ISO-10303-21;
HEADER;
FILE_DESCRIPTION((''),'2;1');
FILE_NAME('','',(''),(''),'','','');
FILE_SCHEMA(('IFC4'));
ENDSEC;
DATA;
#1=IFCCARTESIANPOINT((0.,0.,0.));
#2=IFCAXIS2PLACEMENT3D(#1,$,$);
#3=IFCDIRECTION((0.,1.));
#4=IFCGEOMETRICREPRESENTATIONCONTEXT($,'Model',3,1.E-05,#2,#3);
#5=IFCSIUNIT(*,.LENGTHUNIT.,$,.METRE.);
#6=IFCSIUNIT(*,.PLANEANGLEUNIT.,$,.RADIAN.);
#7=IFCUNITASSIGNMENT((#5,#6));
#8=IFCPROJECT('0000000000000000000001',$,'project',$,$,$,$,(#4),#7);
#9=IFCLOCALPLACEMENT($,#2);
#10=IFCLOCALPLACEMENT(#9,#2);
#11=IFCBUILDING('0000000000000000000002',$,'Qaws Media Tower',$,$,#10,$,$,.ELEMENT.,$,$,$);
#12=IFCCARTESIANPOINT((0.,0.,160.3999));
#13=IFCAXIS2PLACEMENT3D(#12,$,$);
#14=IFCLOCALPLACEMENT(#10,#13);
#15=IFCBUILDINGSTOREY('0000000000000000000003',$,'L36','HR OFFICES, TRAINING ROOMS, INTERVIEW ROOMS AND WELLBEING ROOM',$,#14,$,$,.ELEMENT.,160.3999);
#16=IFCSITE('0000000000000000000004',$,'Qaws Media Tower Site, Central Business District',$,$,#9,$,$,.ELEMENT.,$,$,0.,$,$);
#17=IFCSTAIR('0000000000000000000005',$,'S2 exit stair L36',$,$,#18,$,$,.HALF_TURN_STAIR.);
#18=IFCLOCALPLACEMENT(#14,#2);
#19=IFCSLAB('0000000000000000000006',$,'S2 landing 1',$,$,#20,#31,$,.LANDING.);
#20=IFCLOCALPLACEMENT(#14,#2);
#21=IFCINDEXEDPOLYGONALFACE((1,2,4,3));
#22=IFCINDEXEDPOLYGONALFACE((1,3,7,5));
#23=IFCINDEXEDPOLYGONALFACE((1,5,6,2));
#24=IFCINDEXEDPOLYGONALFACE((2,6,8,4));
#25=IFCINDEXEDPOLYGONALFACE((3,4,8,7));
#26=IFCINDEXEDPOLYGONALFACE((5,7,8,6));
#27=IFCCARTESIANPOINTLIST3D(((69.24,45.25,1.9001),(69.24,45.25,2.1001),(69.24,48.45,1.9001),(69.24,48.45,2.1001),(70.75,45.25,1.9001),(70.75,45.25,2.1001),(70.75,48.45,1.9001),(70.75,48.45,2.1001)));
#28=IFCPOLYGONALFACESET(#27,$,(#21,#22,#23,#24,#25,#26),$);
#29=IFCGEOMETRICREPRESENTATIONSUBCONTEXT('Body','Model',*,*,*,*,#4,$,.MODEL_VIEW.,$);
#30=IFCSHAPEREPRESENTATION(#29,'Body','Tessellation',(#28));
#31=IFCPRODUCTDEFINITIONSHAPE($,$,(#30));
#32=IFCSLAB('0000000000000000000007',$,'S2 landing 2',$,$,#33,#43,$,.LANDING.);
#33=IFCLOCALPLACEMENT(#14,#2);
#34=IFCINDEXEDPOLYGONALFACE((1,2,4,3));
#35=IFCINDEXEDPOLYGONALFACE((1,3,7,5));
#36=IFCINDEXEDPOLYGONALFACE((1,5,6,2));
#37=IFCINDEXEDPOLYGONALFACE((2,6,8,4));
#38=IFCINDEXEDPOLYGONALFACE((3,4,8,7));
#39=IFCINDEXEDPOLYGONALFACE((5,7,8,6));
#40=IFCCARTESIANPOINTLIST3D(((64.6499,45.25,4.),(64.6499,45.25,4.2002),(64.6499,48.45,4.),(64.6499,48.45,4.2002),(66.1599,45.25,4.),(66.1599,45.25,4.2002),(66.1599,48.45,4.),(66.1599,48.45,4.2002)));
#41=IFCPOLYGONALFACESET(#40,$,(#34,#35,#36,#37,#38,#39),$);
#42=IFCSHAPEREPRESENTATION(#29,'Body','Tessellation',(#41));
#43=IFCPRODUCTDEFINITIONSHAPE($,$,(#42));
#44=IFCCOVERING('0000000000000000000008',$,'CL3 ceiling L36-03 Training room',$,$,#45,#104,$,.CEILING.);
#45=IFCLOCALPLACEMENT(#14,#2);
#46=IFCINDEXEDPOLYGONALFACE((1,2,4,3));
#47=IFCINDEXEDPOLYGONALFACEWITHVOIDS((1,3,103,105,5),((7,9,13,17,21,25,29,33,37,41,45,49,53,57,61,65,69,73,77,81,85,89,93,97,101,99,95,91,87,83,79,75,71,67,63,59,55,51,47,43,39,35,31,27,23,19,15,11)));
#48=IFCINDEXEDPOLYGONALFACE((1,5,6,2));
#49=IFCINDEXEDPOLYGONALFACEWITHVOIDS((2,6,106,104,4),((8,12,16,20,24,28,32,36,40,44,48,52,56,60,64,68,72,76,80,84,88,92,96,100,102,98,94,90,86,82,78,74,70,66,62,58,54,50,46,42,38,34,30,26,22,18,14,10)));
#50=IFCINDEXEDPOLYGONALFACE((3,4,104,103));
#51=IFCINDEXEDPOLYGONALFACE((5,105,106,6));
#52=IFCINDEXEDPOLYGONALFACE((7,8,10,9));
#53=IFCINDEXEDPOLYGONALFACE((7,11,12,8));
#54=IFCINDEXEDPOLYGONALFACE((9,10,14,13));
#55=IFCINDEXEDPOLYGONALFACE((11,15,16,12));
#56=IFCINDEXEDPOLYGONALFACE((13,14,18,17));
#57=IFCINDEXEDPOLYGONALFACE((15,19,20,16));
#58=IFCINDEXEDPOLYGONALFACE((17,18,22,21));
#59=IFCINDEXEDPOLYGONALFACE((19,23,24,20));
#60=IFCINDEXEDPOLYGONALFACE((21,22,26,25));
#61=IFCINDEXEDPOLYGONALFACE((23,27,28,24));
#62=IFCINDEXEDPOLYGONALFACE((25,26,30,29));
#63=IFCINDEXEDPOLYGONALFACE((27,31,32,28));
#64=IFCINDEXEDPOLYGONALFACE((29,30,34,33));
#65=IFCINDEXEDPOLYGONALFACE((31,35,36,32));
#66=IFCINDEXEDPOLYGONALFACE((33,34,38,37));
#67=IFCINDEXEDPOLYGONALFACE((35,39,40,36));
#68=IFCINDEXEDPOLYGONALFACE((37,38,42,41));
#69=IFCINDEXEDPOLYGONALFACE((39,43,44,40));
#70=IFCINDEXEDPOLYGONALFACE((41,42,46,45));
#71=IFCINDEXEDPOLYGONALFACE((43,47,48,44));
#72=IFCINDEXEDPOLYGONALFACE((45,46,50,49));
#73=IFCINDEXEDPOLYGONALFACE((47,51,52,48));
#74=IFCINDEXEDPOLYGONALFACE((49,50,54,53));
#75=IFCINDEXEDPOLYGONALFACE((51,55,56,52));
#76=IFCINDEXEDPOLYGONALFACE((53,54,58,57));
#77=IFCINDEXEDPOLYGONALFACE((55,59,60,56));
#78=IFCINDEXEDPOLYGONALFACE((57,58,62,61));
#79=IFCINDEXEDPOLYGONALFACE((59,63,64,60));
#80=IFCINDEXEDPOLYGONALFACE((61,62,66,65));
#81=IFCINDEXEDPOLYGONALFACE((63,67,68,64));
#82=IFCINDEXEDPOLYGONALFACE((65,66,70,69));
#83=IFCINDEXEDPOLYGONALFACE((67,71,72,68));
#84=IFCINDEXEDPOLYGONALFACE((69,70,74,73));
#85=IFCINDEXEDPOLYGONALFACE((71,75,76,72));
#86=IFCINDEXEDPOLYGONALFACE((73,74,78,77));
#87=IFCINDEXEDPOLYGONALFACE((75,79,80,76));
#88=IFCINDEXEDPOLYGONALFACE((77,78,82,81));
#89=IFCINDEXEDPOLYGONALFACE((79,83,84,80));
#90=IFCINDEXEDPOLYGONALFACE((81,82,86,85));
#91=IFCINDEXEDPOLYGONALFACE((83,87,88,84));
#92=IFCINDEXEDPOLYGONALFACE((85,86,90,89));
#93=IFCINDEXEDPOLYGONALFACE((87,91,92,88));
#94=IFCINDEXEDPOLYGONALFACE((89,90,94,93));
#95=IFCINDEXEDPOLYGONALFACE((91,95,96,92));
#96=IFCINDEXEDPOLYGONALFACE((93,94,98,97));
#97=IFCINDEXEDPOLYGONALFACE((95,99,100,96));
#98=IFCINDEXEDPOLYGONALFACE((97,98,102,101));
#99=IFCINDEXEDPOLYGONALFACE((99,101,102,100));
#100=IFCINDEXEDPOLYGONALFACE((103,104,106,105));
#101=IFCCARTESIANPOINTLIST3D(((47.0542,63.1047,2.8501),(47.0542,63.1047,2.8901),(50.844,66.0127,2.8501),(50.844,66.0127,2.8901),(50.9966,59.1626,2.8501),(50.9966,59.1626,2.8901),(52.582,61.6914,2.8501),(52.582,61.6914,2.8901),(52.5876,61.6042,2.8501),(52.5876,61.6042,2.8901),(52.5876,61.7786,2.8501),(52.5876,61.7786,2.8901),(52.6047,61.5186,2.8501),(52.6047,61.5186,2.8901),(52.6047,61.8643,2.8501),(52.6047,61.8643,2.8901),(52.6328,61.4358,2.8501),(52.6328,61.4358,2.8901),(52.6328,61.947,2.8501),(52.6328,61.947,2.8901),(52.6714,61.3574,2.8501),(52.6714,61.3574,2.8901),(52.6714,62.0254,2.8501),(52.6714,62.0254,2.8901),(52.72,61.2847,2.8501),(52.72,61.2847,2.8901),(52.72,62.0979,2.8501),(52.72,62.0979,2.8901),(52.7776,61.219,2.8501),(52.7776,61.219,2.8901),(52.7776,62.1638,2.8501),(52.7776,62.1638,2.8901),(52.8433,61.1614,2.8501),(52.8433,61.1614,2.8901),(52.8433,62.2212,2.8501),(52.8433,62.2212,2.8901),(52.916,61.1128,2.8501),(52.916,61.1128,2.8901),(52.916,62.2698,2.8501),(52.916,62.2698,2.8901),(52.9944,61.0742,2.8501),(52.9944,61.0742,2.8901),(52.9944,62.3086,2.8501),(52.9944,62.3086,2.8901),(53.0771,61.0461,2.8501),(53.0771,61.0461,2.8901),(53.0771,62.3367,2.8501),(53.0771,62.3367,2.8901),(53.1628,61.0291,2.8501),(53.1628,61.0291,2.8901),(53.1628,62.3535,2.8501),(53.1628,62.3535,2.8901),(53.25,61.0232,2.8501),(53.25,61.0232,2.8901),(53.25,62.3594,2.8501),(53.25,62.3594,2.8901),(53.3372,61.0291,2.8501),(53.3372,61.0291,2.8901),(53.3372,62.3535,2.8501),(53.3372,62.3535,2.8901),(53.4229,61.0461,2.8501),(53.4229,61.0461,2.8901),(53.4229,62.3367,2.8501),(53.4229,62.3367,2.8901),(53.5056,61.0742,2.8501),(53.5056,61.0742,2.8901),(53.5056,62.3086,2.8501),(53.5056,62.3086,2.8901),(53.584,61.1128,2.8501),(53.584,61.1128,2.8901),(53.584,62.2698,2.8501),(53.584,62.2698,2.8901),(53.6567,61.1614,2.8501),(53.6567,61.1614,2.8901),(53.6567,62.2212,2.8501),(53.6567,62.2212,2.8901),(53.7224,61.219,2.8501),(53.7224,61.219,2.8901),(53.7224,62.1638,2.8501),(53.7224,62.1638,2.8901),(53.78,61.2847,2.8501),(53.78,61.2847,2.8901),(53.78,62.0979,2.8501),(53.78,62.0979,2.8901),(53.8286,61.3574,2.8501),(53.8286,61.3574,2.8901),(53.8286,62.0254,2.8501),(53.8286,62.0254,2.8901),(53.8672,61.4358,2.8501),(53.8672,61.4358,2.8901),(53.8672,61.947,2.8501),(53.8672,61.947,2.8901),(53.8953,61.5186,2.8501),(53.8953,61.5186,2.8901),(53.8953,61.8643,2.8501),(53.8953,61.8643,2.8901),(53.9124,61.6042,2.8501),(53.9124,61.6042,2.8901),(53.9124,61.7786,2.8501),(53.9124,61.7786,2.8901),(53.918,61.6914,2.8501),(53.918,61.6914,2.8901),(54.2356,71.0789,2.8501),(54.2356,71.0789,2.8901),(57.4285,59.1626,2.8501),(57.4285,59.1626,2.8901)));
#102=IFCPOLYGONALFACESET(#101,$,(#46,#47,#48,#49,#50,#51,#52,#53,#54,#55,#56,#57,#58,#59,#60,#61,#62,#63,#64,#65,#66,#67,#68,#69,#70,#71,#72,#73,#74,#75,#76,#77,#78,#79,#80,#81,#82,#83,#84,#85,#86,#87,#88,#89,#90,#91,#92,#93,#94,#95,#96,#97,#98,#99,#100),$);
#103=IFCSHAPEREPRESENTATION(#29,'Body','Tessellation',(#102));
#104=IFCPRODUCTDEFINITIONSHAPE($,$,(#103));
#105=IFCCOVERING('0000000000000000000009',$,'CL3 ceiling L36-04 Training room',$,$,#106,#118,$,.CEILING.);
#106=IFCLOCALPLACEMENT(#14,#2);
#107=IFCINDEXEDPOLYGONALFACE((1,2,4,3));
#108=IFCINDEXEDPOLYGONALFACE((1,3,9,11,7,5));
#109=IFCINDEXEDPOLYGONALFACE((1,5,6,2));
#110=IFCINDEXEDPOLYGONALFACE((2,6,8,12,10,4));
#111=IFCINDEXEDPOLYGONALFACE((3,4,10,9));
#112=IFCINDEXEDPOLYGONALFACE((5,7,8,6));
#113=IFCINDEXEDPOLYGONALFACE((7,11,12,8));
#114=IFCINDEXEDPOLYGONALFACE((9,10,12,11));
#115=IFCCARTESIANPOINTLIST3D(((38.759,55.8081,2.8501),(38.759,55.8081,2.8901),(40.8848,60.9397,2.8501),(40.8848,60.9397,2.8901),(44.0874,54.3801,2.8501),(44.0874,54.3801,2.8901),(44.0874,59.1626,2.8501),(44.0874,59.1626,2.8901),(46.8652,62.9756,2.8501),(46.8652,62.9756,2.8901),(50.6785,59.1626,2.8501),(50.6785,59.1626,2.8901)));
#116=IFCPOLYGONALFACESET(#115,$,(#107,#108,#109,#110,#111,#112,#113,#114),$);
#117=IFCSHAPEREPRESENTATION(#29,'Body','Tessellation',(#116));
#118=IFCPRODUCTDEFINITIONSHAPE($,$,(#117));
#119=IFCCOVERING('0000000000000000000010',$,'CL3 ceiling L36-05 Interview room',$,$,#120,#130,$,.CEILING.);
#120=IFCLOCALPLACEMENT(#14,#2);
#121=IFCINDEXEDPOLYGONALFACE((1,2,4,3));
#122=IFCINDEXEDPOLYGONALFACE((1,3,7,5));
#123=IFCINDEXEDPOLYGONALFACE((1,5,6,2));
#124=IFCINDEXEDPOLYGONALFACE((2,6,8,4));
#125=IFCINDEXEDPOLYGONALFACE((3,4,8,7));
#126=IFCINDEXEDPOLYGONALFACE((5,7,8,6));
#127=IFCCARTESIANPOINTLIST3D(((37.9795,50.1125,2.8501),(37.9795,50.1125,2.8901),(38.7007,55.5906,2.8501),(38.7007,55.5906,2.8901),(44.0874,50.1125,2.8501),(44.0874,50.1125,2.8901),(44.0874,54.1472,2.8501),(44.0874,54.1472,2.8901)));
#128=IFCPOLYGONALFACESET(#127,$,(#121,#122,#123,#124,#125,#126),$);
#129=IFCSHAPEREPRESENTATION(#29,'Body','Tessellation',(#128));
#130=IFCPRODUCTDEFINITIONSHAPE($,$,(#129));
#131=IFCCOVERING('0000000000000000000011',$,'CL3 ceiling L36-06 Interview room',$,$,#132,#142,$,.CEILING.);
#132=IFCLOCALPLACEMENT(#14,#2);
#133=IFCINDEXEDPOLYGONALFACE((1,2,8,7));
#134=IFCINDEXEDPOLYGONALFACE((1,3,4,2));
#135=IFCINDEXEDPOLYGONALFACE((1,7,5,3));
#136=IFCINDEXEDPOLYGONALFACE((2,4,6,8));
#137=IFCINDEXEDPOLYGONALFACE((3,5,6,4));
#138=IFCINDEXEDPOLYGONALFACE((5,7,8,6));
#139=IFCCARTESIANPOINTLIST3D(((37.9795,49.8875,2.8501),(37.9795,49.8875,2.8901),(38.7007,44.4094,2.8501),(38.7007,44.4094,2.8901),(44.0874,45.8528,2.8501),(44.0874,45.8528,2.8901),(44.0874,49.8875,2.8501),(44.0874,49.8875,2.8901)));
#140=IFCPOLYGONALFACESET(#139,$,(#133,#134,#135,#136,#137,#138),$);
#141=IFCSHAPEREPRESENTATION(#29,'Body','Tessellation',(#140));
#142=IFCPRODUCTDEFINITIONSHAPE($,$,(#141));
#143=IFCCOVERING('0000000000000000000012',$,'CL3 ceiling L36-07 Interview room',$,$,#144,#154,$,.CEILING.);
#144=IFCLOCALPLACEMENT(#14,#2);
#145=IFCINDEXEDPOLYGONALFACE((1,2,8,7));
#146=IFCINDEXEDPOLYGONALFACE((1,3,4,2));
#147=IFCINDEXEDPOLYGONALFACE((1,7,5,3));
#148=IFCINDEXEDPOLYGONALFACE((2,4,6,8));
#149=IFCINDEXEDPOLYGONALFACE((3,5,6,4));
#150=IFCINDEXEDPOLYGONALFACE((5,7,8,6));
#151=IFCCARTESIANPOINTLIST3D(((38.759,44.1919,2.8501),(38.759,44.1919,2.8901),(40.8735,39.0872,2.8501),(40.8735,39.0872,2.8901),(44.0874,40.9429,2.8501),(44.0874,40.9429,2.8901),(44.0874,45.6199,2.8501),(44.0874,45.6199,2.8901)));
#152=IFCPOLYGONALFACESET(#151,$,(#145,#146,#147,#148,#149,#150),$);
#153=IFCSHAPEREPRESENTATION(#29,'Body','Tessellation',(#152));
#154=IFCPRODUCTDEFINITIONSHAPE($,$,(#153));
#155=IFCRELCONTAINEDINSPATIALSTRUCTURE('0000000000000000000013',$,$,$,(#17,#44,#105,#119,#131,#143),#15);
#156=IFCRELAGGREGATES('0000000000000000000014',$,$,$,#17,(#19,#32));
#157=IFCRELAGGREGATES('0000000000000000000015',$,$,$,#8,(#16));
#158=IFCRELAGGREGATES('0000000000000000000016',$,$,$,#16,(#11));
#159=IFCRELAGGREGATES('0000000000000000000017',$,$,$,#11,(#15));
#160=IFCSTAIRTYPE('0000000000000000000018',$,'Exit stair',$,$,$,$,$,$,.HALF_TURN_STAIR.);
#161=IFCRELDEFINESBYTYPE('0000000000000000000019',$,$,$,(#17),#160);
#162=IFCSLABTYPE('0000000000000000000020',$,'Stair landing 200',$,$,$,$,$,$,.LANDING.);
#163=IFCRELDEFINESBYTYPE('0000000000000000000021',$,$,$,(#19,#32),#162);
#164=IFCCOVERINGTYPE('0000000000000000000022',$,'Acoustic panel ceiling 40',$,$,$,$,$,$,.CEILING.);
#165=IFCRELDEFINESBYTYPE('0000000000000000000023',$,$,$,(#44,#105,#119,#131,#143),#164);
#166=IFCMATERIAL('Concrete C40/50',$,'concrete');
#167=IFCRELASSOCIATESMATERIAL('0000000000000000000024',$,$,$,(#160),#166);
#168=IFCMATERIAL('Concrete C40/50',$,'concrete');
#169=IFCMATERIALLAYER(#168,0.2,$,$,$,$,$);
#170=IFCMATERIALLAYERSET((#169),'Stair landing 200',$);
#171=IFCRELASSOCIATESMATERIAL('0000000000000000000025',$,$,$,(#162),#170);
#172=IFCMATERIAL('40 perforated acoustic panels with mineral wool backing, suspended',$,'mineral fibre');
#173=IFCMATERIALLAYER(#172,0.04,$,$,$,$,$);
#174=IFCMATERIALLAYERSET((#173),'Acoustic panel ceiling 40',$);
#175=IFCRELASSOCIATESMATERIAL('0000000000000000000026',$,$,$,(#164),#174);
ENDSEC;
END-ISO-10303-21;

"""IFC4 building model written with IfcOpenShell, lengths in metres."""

from ifc_helpers import new_model, si_unit, direction, frame, origin, place, context, subcontext, project, spatial, polyline, outline, extrude, material, layer, layer_set, type_object, element, aggregate, save


model = new_model("IFC4")

# Units and contexts
model_context = context("Model", 3, precision=1e-05, world=origin(), true_north=direction((0.0, 1.0)))
body_context = subcontext(model_context, "Body", "Model", "MODEL_VIEW")
ifc_project = project(units=[si_unit("LENGTHUNIT", "METRE"), si_unit("PLANEANGLEUNIT", "RADIAN")], contexts=[model_context])

# Site, building, storey
site_placement = place(None, origin())
site = spatial("IfcSite", under=ifc_project, at=site_placement, Name="Qaws Media Tower Site, Central Business District", CompositionType="ELEMENT", RefElevation=0.0)
building_placement = place(site_placement, origin())
building = spatial("IfcBuilding", under=site, at=building_placement, Name="Qaws Media Tower", CompositionType="ELEMENT")
storey_placement = place(building_placement, frame((0.0, 0.0, 160.3999)))
storey = spatial("IfcBuildingStorey", under=building, at=storey_placement, Name="L36", Description="HR OFFICES, TRAINING ROOMS, INTERVIEW ROOMS AND WELLBEING ROOM", CompositionType="ELEMENT", Elevation=160.3999)

# Stair, slabs
ifc_material_1 = material(Name="Concrete C40/50", Category="concrete")
stair_type = type_object("IfcStairType", Name="Exit stair", PredefinedType="HALF_TURN_STAIR", material=ifc_material_1)
ifc_material_2 = material(Name="Concrete C40/50", Category="concrete")
ifc_layer_1 = layer(ifc_material_2, 0.2)
ifc_layer_set_1 = layer_set([ifc_layer_1], Name="Stair landing 200")
slab_type = type_object("IfcSlabType", Name="Stair landing 200", PredefinedType="LANDING", material=ifc_layer_set_1)
stair_1_placement = place(storey_placement, origin())
stair_1 = element("IfcStair", 1, at=stair_1_placement, inside=storey, type_object=stair_type, Name="S2 exit stair L36", PredefinedType="HALF_TURN_STAIR")
slab_1_placement = place(storey_placement, frame((0.0, 0.0, 1.9001)))
slab_1 = element("IfcSlab", 2, at=slab_1_placement, type_object=slab_type, Name="S2 landing 1", PredefinedType="LANDING", context=body_context, shape_type="SweptSolid", body=[
    extrude(outline(polyline([(69.24, 45.25), (70.75, 45.25), (70.75, 48.45), (69.24, 48.45), (69.24, 45.25)])), origin(), (0.0, 0.0, 1.0), 0.2),
])
slab_2_placement = place(storey_placement, frame((0.0, 0.0, 4.0)))
slab_2 = element("IfcSlab", 3, at=slab_2_placement, type_object=slab_type, Name="S2 landing 2", PredefinedType="LANDING", context=body_context, shape_type="SweptSolid", body=[
    extrude(outline(polyline([(64.6499, 45.25), (66.1599, 45.25), (66.1599, 48.45), (64.6499, 48.45), (64.6499, 45.25)])), origin(), (0.0, 0.0, 1.0), 0.2002),
])
aggregate(stair_1, [slab_1, slab_2])

# Coverings
ifc_material_3 = material(Name="40 perforated acoustic panels with mineral wool backing, suspended", Category="mineral fibre")
ifc_layer_2 = layer(ifc_material_3, 0.04)
ifc_layer_set_2 = layer_set([ifc_layer_2], Name="Acoustic panel ceiling 40")
covering_type_1 = type_object("IfcCoveringType", Name="Acoustic panel ceiling 40", PredefinedType="CEILING", material=ifc_layer_set_2)
covering_1_placement = place(storey_placement, frame((0.0, 0.0, 2.8501)))
element("IfcCovering", 4, at=covering_1_placement, inside=storey, type_object=covering_type_1, Name="CL3 ceiling L36-03 Training room", PredefinedType="CEILING", context=body_context, shape_type="SweptSolid", body=[
    extrude(outline(polyline([(50.844, 66.0127), (54.2356, 71.0789), (57.4285, 59.1626), (50.9966, 59.1626), (47.0542, 63.1047), (50.844, 66.0127)]), holes=[polyline([(53.8672, 61.4358), (53.8953, 61.5186), (53.9124, 61.6042), (53.918, 61.6914), (53.9124, 61.7786), (53.8953, 61.8643), (53.8672, 61.947), (53.8286, 62.0254), (53.78, 62.0979), (53.7224, 62.1638), (53.6567, 62.2212), (53.584, 62.2698), (53.5056, 62.3086), (53.4229, 62.3367), (53.3372, 62.3535), (53.25, 62.3594), (53.1628, 62.3535), (53.0771, 62.3367), (52.9944, 62.3086), (52.916, 62.2698), (52.8433, 62.2212), (52.7776, 62.1638), (52.72, 62.0979), (52.6714, 62.0254), (52.6328, 61.947), (52.6047, 61.8643), (52.5876, 61.7786), (52.582, 61.6914), (52.5876, 61.6042), (52.6047, 61.5186), (52.6328, 61.4358), (52.6714, 61.3574), (52.72, 61.2847), (52.7776, 61.219), (52.8433, 61.1614), (52.916, 61.1128), (52.9944, 61.0742), (53.0771, 61.0461), (53.1628, 61.0291), (53.25, 61.0232), (53.3372, 61.0291), (53.4229, 61.0461), (53.5056, 61.0742), (53.584, 61.1128), (53.6567, 61.1614), (53.7224, 61.219), (53.78, 61.2847), (53.8286, 61.3574), (53.8672, 61.4358)])]), origin(), (0.0, 0.0, 1.0), 0.04),
])
covering_2_placement = place(storey_placement, frame((0.0, 0.0, 2.8501)))
element("IfcCovering", 5, at=covering_2_placement, inside=storey, type_object=covering_type_1, Name="CL3 ceiling L36-04 Training room", PredefinedType="CEILING", context=body_context, shape_type="SweptSolid", body=[
    extrude(outline(polyline([(40.8848, 60.9397), (46.8652, 62.9756), (50.6785, 59.1626), (44.0874, 59.1626), (44.0874, 54.3801), (38.759, 55.8081), (40.8848, 60.9397)])), origin(), (0.0, 0.0, 1.0), 0.04),
])
covering_3_placement = place(storey_placement, frame((0.0, 0.0, 2.8501)))
element("IfcCovering", 6, at=covering_3_placement, inside=storey, type_object=covering_type_1, Name="CL3 ceiling L36-05 Interview room", PredefinedType="CEILING", context=body_context, shape_type="SweptSolid", body=[
    extrude(outline(polyline([(38.7007, 55.5906), (44.0874, 54.1472), (44.0874, 50.1125), (37.9795, 50.1125), (38.7007, 55.5906)])), origin(), (0.0, 0.0, 1.0), 0.04),
])
covering_4_placement = place(storey_placement, frame((0.0, 0.0, 2.8501)))
element("IfcCovering", 7, at=covering_4_placement, inside=storey, type_object=covering_type_1, Name="CL3 ceiling L36-06 Interview room", PredefinedType="CEILING", context=body_context, shape_type="SweptSolid", body=[
    extrude(outline(polyline([(37.9795, 49.8875), (44.0874, 49.8875), (44.0874, 45.8528), (38.7007, 44.4094), (37.9795, 49.8875)])), origin(), (0.0, 0.0, 1.0), 0.04),
])
covering_5_placement = place(storey_placement, frame((0.0, 0.0, 2.8501)))
element("IfcCovering", 8, at=covering_5_placement, inside=storey, type_object=covering_type_1, Name="CL3 ceiling L36-07 Interview room", PredefinedType="CEILING", context=body_context, shape_type="SweptSolid", body=[
    extrude(outline(polyline([(38.759, 44.1919), (44.0874, 45.6199), (44.0874, 40.9429), (40.8735, 39.0872), (38.759, 44.1919)])), origin(), (0.0, 0.0, 1.0), 0.04),
])

save(model, "model.ifc")
